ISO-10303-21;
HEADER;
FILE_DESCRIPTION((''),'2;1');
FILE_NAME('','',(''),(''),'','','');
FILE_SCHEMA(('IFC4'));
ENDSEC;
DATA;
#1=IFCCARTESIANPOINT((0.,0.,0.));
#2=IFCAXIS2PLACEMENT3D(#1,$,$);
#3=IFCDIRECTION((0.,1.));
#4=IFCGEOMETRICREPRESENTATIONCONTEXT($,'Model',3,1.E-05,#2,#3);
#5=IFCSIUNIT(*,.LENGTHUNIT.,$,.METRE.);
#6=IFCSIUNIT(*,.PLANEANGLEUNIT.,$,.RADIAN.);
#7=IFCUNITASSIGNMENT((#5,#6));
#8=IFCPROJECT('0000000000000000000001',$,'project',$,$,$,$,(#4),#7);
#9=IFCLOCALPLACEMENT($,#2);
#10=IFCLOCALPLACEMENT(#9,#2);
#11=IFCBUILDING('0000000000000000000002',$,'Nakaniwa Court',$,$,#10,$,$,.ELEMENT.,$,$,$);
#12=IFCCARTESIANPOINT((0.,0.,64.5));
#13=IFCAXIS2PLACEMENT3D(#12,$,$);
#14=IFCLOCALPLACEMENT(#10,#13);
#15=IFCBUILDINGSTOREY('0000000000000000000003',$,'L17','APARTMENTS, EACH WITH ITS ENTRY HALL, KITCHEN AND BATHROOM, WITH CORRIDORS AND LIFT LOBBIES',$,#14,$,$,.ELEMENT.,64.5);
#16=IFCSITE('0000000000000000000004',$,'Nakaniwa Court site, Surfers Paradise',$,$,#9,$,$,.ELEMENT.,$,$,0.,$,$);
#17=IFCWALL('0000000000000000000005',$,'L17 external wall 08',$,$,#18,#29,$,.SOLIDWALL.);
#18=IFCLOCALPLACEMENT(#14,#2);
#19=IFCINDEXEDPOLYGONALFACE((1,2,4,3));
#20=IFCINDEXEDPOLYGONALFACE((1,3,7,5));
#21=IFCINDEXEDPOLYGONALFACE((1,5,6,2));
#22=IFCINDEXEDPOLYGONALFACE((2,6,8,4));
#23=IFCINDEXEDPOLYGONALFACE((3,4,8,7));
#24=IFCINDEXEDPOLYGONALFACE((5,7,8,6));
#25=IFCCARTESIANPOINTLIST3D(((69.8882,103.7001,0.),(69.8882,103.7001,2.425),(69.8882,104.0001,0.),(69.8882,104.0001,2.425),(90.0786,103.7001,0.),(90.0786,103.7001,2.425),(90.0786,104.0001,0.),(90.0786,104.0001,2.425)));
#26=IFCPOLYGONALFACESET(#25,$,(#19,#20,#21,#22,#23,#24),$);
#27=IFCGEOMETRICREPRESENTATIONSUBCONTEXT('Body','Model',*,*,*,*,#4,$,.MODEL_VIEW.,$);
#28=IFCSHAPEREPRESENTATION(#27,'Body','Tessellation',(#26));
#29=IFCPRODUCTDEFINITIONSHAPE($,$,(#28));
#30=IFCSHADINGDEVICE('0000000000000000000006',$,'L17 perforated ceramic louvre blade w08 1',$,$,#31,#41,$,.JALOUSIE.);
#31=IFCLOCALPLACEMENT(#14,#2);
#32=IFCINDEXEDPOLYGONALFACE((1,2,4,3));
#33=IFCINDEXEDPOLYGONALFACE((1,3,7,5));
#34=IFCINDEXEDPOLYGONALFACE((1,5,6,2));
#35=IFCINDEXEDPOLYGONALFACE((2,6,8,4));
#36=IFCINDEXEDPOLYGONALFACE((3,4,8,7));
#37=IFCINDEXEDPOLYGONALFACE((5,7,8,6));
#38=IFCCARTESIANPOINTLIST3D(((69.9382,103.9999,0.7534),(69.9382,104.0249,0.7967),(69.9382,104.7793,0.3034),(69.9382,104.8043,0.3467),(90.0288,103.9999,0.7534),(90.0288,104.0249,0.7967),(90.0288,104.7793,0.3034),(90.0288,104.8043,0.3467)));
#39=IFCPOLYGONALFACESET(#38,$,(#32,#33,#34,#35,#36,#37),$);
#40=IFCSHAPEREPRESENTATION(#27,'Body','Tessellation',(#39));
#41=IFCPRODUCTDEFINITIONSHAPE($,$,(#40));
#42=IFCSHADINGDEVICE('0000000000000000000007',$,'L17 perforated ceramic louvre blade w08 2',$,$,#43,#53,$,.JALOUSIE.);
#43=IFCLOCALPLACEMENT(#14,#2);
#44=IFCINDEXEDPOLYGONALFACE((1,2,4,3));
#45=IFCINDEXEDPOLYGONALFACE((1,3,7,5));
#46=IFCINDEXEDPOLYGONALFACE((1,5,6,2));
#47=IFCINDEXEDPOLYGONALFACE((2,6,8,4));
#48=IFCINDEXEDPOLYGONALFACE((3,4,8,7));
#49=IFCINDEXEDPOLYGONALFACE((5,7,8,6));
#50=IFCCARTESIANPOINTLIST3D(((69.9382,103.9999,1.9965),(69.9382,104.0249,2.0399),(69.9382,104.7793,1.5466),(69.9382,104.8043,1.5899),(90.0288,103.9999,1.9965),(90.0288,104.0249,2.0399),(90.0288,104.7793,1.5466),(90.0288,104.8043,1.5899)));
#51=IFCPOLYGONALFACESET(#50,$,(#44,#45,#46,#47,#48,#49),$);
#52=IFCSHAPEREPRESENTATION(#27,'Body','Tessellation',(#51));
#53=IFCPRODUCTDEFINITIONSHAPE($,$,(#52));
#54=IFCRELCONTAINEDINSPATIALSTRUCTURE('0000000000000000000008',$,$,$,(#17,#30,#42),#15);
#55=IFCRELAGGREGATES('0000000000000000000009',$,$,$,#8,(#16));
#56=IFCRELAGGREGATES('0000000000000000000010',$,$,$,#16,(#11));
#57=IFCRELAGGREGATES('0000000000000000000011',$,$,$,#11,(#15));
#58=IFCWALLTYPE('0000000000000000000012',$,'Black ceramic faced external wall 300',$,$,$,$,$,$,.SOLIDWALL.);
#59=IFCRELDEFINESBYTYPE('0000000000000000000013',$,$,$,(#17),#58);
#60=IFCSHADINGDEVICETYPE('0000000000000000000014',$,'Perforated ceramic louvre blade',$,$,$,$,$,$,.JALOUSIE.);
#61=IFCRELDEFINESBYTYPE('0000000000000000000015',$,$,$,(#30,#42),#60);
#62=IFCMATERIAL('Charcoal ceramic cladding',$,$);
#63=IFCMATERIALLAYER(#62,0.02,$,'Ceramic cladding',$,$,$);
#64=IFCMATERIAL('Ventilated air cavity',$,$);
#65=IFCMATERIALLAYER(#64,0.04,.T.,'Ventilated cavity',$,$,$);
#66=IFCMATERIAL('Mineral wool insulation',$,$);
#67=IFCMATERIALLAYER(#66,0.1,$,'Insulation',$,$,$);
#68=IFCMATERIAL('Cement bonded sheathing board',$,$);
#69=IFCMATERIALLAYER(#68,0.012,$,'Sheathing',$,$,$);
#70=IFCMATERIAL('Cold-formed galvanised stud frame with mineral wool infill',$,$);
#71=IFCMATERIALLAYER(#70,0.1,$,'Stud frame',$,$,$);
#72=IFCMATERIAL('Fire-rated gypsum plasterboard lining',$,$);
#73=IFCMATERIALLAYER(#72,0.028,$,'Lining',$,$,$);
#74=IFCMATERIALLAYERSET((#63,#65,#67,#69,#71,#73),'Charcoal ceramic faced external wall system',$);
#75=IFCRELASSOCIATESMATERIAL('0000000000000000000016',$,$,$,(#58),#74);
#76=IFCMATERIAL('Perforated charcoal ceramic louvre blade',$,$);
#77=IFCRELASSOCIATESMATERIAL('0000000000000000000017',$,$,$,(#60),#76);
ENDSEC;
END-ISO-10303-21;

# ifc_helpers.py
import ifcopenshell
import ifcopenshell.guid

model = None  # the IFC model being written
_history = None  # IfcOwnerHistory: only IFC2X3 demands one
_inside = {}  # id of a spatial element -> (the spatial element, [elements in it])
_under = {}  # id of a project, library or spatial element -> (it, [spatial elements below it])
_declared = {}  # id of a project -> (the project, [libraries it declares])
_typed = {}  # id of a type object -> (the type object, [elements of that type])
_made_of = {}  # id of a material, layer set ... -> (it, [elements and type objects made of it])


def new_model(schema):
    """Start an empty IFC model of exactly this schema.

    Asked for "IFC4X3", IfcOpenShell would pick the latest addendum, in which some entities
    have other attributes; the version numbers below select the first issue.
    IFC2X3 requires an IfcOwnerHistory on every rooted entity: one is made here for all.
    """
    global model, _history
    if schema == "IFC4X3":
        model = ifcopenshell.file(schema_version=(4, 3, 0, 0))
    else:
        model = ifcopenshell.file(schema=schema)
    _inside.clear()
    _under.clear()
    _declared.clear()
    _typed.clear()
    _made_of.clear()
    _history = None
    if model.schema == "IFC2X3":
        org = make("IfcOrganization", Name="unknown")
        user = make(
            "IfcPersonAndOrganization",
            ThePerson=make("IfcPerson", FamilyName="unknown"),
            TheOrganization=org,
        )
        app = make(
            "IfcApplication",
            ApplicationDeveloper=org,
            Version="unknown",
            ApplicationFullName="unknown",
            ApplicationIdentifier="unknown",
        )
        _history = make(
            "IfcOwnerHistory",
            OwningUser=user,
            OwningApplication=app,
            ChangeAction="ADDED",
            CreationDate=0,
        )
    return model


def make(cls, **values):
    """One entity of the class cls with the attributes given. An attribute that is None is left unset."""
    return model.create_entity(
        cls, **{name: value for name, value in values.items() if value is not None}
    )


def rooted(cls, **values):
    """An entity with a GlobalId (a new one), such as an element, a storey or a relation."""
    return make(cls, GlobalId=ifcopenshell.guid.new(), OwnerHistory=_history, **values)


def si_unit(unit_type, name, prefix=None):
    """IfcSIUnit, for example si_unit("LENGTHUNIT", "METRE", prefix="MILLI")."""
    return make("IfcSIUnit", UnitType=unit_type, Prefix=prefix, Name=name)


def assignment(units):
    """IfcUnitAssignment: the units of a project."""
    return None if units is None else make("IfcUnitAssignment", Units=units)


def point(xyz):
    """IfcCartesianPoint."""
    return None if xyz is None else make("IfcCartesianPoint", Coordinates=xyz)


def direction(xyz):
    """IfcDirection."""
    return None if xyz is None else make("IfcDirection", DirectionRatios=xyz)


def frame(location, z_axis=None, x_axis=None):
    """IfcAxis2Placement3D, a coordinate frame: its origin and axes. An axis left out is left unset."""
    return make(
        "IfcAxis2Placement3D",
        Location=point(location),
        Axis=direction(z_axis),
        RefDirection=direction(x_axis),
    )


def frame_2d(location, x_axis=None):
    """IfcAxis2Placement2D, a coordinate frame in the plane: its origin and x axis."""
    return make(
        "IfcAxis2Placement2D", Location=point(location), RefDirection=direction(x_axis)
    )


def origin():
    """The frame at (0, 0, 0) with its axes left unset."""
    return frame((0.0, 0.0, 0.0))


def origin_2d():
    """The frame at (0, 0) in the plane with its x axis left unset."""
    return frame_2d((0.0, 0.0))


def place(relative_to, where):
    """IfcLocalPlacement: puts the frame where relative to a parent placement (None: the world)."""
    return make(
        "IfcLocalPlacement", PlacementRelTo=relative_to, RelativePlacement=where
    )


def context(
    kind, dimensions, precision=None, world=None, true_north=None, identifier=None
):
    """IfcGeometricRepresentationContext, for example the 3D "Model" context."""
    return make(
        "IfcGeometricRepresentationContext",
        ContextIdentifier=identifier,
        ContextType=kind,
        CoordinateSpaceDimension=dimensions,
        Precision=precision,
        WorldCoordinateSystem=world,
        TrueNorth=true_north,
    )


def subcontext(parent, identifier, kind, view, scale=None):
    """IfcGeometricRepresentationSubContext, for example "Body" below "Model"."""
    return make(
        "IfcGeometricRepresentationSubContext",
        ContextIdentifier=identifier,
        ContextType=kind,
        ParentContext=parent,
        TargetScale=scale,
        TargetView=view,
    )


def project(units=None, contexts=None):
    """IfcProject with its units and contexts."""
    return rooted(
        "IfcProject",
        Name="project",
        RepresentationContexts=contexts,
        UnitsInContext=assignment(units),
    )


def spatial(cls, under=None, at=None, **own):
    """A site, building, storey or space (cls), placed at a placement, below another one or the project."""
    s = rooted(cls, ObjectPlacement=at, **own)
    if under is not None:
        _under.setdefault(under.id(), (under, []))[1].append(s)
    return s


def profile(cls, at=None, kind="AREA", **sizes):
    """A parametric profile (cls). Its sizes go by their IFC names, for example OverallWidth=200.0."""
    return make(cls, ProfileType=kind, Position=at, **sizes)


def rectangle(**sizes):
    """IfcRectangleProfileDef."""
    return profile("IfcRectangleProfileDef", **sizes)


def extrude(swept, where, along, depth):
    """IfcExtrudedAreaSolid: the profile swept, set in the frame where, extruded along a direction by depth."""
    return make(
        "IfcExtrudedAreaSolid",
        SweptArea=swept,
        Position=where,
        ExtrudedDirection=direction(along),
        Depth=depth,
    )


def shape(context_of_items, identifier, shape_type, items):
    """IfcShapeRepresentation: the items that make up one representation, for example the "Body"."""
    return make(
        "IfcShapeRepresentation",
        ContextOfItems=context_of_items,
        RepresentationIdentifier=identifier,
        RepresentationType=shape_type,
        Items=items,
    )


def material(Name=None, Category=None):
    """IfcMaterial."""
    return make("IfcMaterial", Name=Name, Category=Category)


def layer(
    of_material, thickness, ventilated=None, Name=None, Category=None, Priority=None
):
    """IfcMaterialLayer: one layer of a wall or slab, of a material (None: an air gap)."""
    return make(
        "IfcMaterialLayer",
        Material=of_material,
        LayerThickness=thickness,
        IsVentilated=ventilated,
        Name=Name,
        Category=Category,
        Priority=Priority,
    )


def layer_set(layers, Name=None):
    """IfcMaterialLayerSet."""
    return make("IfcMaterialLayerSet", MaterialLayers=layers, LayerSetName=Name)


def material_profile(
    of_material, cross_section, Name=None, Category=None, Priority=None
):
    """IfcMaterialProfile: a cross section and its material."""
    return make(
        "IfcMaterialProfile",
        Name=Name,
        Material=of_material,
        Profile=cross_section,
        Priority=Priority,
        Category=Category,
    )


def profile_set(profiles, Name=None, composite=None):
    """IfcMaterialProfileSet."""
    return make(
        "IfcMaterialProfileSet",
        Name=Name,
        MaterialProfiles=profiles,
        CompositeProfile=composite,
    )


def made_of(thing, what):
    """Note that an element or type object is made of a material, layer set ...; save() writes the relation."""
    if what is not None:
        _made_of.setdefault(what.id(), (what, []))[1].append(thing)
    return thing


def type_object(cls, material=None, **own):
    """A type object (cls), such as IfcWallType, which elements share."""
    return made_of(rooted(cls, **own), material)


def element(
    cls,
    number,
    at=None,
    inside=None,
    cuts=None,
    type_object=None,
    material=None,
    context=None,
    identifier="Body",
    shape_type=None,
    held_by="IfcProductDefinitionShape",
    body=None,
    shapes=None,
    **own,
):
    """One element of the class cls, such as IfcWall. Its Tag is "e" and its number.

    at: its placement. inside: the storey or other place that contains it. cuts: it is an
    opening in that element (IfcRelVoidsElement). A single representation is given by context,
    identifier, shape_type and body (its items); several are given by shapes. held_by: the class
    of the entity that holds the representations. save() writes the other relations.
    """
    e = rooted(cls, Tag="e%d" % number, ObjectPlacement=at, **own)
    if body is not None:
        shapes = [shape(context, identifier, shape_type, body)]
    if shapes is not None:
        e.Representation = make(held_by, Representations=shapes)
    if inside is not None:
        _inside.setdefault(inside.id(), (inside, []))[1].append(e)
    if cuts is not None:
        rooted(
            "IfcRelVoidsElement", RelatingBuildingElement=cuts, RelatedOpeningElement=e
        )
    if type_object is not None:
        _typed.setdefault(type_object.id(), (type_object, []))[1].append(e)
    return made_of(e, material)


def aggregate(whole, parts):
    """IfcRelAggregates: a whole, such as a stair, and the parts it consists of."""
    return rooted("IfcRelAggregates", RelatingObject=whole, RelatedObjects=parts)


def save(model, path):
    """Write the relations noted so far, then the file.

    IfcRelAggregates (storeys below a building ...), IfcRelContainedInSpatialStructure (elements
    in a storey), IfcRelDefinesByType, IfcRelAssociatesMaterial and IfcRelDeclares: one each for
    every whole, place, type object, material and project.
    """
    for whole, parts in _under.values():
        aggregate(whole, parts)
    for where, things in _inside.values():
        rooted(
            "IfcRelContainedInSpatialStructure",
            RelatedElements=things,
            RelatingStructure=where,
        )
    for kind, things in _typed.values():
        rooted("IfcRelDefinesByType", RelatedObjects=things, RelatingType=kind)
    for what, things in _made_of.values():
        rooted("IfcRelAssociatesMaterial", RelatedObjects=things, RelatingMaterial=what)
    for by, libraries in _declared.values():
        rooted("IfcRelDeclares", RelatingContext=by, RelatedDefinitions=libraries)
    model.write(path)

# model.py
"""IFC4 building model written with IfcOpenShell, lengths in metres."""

from ifc_helpers import new_model, si_unit, direction, frame, frame_2d, origin, origin_2d, place, context, subcontext, project, spatial, rectangle, extrude, material, layer, layer_set, material_profile, profile_set, type_object, element, save


model = new_model("IFC4")

# Units and contexts
model_context = context("Model", 3, precision=1e-05, world=origin(), true_north=direction((0.0, 1.0)))
body_context = subcontext(model_context, "Body", "Model", "MODEL_VIEW")
ifc_project = project(units=[si_unit("LENGTHUNIT", "METRE"), si_unit("PLANEANGLEUNIT", "RADIAN")], contexts=[model_context])

# Site, building, storey
site_placement = place(None, origin())
site = spatial("IfcSite", under=ifc_project, at=site_placement, Name="Nakaniwa Court site, Surfers Paradise", CompositionType="ELEMENT", RefElevation=0.0)
building_placement = place(site_placement, origin())
building = spatial("IfcBuilding", under=site, at=building_placement, Name="Nakaniwa Court", CompositionType="ELEMENT")
storey_placement = place(building_placement, frame((0.0, 0.0, 64.5)))
storey = spatial("IfcBuildingStorey", under=building, at=storey_placement, Name="L17", Description="APARTMENTS, EACH WITH ITS ENTRY HALL, KITCHEN AND BATHROOM, WITH CORRIDORS AND LIFT LOBBIES", CompositionType="ELEMENT", Elevation=64.5)

# Shared definitions
ifc_material_1 = material(Name="Charcoal ceramic cladding")
ifc_layer_1 = layer(ifc_material_1, 0.02, Name="Ceramic cladding")
ifc_material_2 = material(Name="Ventilated air cavity")
ifc_layer_2 = layer(ifc_material_2, 0.04, ventilated=True, Name="Ventilated cavity")
ifc_material_3 = material(Name="Mineral wool insulation")
ifc_layer_3 = layer(ifc_material_3, 0.1, Name="Insulation")
ifc_material_4 = material(Name="Cement bonded sheathing board")
ifc_layer_4 = layer(ifc_material_4, 0.012, Name="Sheathing")
ifc_material_5 = material(Name="Cold-formed galvanised stud frame with mineral wool infill")
ifc_layer_5 = layer(ifc_material_5, 0.1, Name="Stud frame")
ifc_material_6 = material(Name="Fire-rated gypsum plasterboard lining")
ifc_layer_6 = layer(ifc_material_6, 0.028, Name="Lining")
ifc_layer_set = layer_set([ifc_layer_1, ifc_layer_2, ifc_layer_3, ifc_layer_4, ifc_layer_5, ifc_layer_6], Name="Charcoal ceramic faced external wall system")
wall_type = type_object("IfcWallType", Name="Black ceramic faced external wall 300", PredefinedType="SOLIDWALL", material=ifc_layer_set)

# Wall
wall_1_placement = place(storey_placement, frame((90.0786, 103.8501, 0.0), z_axis=(0.0, 0.0, 1.0), x_axis=(-1.0, 0.0, 0.0)))
element("IfcWall", 1, at=wall_1_placement, inside=storey, type_object=wall_type, Name="L17 external wall 08", PredefinedType="SOLIDWALL", context=body_context, shape_type="SweptSolid", body=[
    extrude(rectangle(XDim=20.1904, YDim=0.3, at=frame_2d((10.0952, 0.0))), origin(), (0.0, 0.0, 1.0), 2.425),
])

# Shading devices
ifc_material_7 = material(Name="Perforated charcoal ceramic louvre blade")
ifc_material_profile_1 = material_profile(ifc_material_7, rectangle(XDim=0.8999, YDim=0.05, at=origin_2d()), Name="Perforated ceramic louvre blade")
ifc_profile_set_1 = profile_set([ifc_material_profile_1], Name="Perforated charcoal ceramic louvre blade")
shading_device_type = type_object("IfcShadingDeviceType", Name="Perforated ceramic louvre blade", PredefinedType="JALOUSIE", material=ifc_profile_set_1)
for number, where, z_axis, x_axis, name in (
    (2, (90.0288, 104.4021, 0.55), (-1.0, 0.0, 0.0), (0.0, -0.866025, 0.5), "L17 perforated ceramic louvre blade w08 1"),
    (3, (90.0288, 104.4021, 1.7932), (-1.0, 0.0, 0.0), (0.0, -0.866025, 0.5), "L17 perforated ceramic louvre blade w08 2"),
):
    element("IfcShadingDevice", number, at=place(storey_placement, frame(where, z_axis=z_axis, x_axis=x_axis)), inside=storey, type_object=shading_device_type, Name=name, PredefinedType="JALOUSIE", context=body_context, shape_type="SweptSolid", body=[
        extrude(rectangle(XDim=0.8999, YDim=0.05, at=origin_2d()), origin(), (0.0, 0.0, 1.0), 20.0906),
    ])

save(model, "model.ifc")
